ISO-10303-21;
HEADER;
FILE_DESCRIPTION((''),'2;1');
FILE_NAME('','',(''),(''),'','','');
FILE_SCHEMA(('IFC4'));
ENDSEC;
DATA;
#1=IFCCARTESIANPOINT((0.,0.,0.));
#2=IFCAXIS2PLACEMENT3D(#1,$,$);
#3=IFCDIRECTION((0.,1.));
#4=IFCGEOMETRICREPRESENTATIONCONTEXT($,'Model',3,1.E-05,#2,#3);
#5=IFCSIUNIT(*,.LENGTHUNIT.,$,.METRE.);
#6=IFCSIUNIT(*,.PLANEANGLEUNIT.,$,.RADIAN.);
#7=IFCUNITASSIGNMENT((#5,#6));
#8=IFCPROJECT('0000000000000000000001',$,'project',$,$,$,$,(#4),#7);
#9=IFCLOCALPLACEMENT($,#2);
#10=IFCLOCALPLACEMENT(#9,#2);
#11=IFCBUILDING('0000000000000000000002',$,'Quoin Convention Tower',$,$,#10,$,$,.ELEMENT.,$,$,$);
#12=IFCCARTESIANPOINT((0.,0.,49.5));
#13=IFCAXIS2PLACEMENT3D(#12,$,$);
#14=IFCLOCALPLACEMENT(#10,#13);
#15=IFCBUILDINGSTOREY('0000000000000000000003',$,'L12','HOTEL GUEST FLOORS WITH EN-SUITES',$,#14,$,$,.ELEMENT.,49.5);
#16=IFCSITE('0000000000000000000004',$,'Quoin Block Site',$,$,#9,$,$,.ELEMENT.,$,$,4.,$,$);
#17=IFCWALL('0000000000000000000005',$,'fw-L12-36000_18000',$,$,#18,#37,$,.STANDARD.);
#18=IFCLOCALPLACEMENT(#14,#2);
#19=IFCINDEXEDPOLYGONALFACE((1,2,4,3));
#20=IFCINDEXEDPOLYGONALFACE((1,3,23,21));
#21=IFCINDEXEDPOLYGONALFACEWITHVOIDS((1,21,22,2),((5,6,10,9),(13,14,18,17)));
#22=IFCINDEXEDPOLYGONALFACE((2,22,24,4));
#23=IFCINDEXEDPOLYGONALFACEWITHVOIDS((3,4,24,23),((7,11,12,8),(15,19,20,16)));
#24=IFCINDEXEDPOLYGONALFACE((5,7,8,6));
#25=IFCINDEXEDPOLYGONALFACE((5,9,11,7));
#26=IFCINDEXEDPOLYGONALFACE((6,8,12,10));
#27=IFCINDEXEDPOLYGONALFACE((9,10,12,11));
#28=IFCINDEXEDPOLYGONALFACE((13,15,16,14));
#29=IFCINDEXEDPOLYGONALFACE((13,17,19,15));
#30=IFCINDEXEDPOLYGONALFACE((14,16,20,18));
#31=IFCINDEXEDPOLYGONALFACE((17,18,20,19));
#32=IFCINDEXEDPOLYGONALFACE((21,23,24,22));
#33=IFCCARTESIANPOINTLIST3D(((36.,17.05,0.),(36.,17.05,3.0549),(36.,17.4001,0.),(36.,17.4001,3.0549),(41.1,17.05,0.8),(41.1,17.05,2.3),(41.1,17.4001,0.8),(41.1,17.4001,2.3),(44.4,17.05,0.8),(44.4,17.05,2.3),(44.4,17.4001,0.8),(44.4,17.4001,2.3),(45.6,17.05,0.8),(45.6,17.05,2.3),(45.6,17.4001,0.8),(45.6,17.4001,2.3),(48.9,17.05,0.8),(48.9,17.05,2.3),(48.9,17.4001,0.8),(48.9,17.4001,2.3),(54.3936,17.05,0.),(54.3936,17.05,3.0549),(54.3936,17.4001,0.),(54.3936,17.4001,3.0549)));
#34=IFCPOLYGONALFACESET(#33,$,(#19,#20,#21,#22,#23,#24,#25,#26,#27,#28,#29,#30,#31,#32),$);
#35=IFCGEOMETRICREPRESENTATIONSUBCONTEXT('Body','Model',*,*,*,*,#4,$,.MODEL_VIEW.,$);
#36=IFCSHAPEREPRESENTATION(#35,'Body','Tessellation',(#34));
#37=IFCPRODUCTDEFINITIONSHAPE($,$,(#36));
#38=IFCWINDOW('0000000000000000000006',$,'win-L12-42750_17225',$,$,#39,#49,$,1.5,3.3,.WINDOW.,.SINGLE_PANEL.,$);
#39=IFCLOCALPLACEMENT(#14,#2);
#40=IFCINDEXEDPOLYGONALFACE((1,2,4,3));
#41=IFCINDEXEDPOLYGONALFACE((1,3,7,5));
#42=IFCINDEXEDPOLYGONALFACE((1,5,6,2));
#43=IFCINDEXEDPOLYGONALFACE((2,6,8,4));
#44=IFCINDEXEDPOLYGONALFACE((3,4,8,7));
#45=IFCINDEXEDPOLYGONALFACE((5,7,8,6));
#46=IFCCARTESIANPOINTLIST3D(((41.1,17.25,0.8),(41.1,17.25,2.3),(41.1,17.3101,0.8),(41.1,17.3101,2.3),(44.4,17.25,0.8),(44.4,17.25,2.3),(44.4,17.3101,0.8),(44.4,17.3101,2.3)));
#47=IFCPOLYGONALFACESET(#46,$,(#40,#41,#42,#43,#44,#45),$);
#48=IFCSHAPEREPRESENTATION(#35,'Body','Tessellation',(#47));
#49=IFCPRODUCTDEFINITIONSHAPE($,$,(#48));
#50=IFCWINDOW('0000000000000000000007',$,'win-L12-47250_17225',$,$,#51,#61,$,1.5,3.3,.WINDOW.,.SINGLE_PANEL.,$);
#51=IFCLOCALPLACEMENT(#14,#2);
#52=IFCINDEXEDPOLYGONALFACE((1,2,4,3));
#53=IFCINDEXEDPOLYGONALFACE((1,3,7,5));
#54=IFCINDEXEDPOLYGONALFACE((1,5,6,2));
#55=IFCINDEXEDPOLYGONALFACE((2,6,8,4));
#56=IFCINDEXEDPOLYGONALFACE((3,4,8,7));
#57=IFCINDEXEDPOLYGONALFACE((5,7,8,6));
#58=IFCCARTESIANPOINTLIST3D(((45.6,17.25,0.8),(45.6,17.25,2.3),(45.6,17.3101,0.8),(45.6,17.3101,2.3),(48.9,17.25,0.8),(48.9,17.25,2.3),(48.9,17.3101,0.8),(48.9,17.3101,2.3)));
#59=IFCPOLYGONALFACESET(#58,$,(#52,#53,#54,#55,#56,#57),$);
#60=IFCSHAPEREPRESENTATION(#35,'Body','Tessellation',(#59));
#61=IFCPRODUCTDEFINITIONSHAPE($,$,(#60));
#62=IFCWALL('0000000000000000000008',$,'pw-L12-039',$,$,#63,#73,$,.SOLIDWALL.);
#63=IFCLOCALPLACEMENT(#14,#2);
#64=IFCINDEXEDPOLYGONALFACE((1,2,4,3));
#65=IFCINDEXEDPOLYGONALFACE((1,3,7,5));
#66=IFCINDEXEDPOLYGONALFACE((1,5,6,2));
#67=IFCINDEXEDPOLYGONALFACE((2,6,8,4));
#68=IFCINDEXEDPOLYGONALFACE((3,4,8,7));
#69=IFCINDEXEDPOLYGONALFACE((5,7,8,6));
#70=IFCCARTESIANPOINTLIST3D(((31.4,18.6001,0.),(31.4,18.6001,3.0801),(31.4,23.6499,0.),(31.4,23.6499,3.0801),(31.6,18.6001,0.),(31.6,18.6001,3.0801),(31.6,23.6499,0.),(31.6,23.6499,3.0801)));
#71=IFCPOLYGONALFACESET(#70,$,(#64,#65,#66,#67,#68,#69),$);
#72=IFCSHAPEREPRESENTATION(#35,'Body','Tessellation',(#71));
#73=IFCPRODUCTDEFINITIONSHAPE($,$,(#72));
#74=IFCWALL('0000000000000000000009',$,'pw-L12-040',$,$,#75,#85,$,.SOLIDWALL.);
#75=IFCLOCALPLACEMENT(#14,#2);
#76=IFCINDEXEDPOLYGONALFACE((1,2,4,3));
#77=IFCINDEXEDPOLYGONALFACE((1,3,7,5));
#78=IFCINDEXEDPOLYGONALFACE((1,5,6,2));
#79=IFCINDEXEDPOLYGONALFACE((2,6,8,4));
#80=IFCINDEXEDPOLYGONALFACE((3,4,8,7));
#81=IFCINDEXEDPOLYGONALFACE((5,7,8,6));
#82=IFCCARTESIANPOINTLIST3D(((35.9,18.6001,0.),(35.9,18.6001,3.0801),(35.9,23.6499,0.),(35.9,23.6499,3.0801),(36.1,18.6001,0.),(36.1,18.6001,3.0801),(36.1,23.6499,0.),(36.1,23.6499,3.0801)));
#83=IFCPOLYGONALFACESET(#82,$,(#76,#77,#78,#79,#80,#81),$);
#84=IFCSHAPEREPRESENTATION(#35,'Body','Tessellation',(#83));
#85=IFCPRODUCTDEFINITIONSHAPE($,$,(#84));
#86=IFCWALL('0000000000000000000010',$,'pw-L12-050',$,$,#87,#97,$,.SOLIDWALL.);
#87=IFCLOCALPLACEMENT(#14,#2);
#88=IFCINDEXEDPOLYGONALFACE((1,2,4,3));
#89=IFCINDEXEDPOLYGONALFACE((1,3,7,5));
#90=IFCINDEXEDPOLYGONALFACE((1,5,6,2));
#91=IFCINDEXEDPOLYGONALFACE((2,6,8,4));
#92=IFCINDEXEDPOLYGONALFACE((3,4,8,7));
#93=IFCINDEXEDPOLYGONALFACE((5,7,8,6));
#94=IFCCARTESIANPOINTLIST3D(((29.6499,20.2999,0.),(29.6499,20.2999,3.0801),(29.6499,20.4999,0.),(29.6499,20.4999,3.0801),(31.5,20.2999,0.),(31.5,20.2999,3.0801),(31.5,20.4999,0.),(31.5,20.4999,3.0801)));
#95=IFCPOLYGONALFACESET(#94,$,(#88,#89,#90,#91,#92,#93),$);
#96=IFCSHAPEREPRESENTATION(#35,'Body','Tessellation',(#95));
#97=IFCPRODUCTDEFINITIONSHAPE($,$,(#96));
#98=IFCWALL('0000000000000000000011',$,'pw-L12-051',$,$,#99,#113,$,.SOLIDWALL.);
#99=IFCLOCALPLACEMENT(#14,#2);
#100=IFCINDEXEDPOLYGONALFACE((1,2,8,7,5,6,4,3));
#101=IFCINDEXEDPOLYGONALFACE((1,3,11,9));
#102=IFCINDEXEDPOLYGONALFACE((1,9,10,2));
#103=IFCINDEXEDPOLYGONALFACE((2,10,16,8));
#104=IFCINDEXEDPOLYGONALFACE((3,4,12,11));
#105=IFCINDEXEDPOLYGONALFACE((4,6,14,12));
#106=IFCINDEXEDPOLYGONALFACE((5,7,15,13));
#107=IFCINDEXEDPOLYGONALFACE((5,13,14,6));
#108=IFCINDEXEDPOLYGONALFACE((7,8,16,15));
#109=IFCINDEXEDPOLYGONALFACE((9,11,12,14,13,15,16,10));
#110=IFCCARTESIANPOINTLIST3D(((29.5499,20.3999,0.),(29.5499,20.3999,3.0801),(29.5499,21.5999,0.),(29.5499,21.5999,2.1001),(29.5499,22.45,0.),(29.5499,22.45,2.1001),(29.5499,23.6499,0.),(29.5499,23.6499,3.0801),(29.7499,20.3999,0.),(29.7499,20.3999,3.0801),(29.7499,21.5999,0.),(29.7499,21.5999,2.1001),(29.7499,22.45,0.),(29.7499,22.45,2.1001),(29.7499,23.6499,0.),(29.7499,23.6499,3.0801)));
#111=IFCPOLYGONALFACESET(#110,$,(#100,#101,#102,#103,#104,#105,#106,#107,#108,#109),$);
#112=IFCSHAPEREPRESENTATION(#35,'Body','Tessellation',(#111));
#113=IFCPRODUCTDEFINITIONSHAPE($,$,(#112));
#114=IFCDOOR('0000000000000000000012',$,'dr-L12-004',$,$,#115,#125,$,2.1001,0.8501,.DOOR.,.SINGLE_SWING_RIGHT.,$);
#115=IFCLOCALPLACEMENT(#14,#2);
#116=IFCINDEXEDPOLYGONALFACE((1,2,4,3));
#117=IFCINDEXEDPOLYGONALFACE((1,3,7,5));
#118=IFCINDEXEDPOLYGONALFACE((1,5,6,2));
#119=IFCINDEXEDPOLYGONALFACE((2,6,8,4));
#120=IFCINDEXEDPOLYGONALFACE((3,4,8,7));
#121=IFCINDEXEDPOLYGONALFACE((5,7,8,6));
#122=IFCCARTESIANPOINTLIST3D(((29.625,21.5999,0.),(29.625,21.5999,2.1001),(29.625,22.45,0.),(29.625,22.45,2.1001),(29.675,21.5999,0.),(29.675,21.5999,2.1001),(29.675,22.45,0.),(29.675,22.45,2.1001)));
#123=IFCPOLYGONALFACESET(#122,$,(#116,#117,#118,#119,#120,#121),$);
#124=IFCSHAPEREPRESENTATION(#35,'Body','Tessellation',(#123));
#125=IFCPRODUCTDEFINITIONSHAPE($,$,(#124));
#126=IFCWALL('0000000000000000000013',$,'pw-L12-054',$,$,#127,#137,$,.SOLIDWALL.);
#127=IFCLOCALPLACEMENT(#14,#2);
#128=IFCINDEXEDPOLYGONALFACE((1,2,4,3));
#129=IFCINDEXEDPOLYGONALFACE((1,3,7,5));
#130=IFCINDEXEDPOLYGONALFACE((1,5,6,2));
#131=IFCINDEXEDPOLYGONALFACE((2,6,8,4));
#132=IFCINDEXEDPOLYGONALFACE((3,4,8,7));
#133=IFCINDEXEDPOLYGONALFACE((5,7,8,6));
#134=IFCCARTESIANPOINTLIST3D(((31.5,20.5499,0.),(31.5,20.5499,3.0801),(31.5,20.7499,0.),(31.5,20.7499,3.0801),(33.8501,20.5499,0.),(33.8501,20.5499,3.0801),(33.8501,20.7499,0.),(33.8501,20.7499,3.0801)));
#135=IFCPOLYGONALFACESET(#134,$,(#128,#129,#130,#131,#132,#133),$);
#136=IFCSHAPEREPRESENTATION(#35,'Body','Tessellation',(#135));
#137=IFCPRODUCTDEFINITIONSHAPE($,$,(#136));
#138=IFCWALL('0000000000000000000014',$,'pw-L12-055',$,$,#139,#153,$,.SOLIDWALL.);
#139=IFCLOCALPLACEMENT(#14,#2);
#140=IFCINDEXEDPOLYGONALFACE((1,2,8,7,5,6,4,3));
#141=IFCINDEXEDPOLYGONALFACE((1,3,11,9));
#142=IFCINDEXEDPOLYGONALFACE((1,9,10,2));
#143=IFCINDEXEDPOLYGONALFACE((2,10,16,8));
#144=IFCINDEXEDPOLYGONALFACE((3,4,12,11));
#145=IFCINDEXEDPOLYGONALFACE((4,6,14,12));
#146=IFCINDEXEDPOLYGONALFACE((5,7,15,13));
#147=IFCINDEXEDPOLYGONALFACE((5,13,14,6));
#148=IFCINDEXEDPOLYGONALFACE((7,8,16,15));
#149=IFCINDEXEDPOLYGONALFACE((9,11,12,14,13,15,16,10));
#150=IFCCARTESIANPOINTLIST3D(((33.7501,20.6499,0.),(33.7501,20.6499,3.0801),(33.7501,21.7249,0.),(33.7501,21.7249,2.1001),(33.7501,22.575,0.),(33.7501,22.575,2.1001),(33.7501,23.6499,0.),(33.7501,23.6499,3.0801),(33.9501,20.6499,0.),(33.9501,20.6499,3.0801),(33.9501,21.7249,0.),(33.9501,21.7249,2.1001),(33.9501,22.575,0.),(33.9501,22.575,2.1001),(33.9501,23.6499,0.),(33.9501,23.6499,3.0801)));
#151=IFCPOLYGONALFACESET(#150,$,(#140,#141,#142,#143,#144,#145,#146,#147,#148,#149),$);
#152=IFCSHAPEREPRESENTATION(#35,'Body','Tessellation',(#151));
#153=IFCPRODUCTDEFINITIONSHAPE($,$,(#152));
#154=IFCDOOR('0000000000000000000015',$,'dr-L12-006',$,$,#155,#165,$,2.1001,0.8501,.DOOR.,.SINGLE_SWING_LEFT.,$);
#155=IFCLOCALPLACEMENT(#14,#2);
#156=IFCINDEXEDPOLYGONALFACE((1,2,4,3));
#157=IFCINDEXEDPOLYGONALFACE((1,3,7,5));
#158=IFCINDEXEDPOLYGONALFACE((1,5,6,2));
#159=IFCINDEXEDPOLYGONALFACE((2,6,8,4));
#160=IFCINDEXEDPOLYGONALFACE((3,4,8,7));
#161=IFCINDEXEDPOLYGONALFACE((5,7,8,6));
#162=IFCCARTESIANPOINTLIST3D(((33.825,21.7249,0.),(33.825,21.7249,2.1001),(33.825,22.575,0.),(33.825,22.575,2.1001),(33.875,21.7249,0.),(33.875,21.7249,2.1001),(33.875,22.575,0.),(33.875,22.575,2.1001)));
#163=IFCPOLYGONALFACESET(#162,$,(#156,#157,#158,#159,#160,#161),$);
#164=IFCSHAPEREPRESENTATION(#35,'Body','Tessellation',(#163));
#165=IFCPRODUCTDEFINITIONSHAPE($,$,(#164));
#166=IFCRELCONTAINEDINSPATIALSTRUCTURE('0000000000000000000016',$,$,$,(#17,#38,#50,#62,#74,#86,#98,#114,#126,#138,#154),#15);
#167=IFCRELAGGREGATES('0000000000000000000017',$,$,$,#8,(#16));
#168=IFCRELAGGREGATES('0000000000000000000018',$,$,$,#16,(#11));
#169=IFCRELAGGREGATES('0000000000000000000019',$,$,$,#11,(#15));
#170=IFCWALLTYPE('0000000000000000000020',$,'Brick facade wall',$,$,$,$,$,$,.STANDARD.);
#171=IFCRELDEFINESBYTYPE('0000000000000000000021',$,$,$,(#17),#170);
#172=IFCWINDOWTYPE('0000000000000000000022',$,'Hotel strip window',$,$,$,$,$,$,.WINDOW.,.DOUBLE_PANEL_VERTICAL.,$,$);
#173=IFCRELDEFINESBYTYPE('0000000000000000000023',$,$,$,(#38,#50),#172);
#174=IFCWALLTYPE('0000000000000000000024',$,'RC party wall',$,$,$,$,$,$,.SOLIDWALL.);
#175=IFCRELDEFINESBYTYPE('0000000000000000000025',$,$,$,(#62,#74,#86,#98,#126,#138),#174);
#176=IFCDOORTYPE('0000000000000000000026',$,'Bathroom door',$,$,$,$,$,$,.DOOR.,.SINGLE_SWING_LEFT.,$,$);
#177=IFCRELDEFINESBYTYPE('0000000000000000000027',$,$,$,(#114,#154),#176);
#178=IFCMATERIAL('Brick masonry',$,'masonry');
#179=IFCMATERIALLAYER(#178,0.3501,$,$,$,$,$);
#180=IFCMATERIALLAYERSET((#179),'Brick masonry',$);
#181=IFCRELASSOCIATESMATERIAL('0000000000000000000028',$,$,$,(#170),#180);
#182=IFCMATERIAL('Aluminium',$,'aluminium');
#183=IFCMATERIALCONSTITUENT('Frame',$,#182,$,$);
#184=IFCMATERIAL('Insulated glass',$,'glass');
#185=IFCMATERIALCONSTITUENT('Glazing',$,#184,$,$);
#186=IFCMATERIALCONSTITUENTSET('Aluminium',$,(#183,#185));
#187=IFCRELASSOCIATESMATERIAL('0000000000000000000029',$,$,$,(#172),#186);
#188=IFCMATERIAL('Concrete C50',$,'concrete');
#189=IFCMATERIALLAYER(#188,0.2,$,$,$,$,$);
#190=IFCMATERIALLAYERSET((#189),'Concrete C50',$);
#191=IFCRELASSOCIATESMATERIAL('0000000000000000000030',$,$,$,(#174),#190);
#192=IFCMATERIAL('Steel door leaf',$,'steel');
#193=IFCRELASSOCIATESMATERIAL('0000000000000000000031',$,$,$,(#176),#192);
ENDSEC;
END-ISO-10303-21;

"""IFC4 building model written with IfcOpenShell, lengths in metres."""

from ifc_helpers import new_model, si_unit, direction, frame, frame_2d, origin, place, context, subcontext, project, spatial, rectangle, extrude, material, layer, layer_set, constituent, constituent_set, type_object, element, fill, save


model = new_model("IFC4")

# Units and contexts
model_context = context("Model", 3, precision=1e-05, world=origin(), true_north=direction((0.0, 1.0)))
body_context = subcontext(model_context, "Body", "Model", "MODEL_VIEW")
ifc_project = project(units=[si_unit("LENGTHUNIT", "METRE"), si_unit("PLANEANGLEUNIT", "RADIAN")], contexts=[model_context])

# Site, building, storey
site_placement = place(None, origin())
site = spatial("IfcSite", under=ifc_project, at=site_placement, Name="Quoin Block Site", CompositionType="ELEMENT", RefElevation=4.0)
building_placement = place(site_placement, origin())
building = spatial("IfcBuilding", under=site, at=building_placement, Name="Quoin Convention Tower", CompositionType="ELEMENT")
storey_placement = place(building_placement, frame((0.0, 0.0, 49.5)))
storey = spatial("IfcBuildingStorey", under=building, at=storey_placement, Name="L12", Description="HOTEL GUEST FLOORS WITH EN-SUITES", CompositionType="ELEMENT", Elevation=49.5)

# Wall, openings, windows
ifc_material_1 = material(Name="Brick masonry", Category="masonry")
ifc_layer_1 = layer(ifc_material_1, 0.3501)
ifc_layer_set_1 = layer_set([ifc_layer_1], Name="Brick masonry")
wall_type_1 = type_object("IfcWallType", Name="Brick facade wall", PredefinedType="STANDARD", material=ifc_layer_set_1)
wall_1_placement = place(storey_placement, frame((36.0, 17.2251, 0.0), z_axis=(0.0, 0.0, 1.0), x_axis=(1.0, 0.0, 0.0)))
wall_1 = element("IfcWall", 1, at=wall_1_placement, inside=storey, type_object=wall_type_1, Name="fw-L12-36000_18000", PredefinedType="STANDARD", context=body_context, shape_type="SweptSolid", body=[
    extrude(rectangle(XDim=18.3936, YDim=0.3501, at=frame_2d((9.1968, 0.0))), origin(), (0.0, 0.0, 1.0), 3.0549),
])
opening_1_placement = place(wall_1_placement, frame((5.1001, 0.0, 0.8)))
opening_1 = element("IfcOpeningElement", 2, at=opening_1_placement, cuts=wall_1, PredefinedType="OPENING", context=body_context, shape_type="SweptSolid", body=[
    extrude(rectangle(XDim=3.3, YDim=1.5, at=frame_2d((1.6499, 0.75))), frame((0.0, 0.1851, 0.0), z_axis=(0.0, -1.0, 0.0), x_axis=(1.0, 0.0, 0.0)), (0.0, 0.0, 1.0), 0.3701),
])
opening_2_placement = place(wall_1_placement, frame((9.6001, 0.0, 0.8)))
opening_2 = element("IfcOpeningElement", 3, at=opening_2_placement, cuts=wall_1, PredefinedType="OPENING", context=body_context, shape_type="SweptSolid", body=[
    extrude(rectangle(XDim=3.3, YDim=1.5, at=frame_2d((1.6499, 0.75))), frame((0.0, 0.1851, 0.0), z_axis=(0.0, -1.0, 0.0), x_axis=(1.0, 0.0, 0.0)), (0.0, 0.0, 1.0), 0.3701),
])
ifc_material_2 = material(Name="Aluminium", Category="aluminium")
ifc_constituent_1 = constituent(ifc_material_2, Name="Frame")
ifc_material_3 = material(Name="Insulated glass", Category="glass")
ifc_constituent_2 = constituent(ifc_material_3, Name="Glazing")
ifc_constituent_set = constituent_set(constituents=[ifc_constituent_1, ifc_constituent_2], Name="Aluminium")
window_type = type_object("IfcWindowType", Name="Hotel strip window", PartitioningType="DOUBLE_PANEL_VERTICAL", PredefinedType="WINDOW", material=ifc_constituent_set)
window_1_placement = place(opening_1_placement, origin())
window_1 = element("IfcWindow", 4, at=window_1_placement, inside=storey, type_object=window_type, Name="win-L12-42750_17225", OverallHeight=1.5, OverallWidth=3.3, PartitioningType="SINGLE_PANEL", PredefinedType="WINDOW", context=body_context, shape_type="SweptSolid", body=[
    extrude(rectangle(XDim=3.3, YDim=1.5, at=frame_2d((1.6499, 0.75))), frame((0.0, 0.085, 0.0), z_axis=(0.0, -1.0, 0.0), x_axis=(1.0, 0.0, 0.0)), (0.0, 0.0, 1.0), 0.0601),
])
fill(opening_1, window_1)
window_2_placement = place(opening_2_placement, origin())
window_2 = element("IfcWindow", 5, at=window_2_placement, inside=storey, type_object=window_type, Name="win-L12-47250_17225", OverallHeight=1.5, OverallWidth=3.3, PartitioningType="SINGLE_PANEL", PredefinedType="WINDOW", context=body_context, shape_type="SweptSolid", body=[
    extrude(rectangle(XDim=3.3, YDim=1.5, at=frame_2d((1.6499, 0.75))), frame((0.0, 0.085, 0.0), z_axis=(0.0, -1.0, 0.0), x_axis=(1.0, 0.0, 0.0)), (0.0, 0.0, 1.0), 0.0601),
])
fill(opening_2, window_2)

# Walls
ifc_material_4 = material(Name="Concrete C50", Category="concrete")
ifc_layer_2 = layer(ifc_material_4, 0.2)
ifc_layer_set_2 = layer_set([ifc_layer_2], Name="Concrete C50")
wall_type_2 = type_object("IfcWallType", Name="RC party wall", PredefinedType="SOLIDWALL", material=ifc_layer_set_2)
for number, where, z_axis, x_axis, name in (
    (6, (31.5, 18.6001, 0.0), (0.0, 0.0, 1.0), (0.0, 1.0, 0.0), "pw-L12-039"),
    (7, (36.0, 18.6001, 0.0), (0.0, 0.0, 1.0), (0.0, 1.0, 0.0), "pw-L12-040"),
):
    element("IfcWall", number, at=place(storey_placement, frame(where, z_axis=z_axis, x_axis=x_axis)), inside=storey, type_object=wall_type_2, Name=name, PredefinedType="SOLIDWALL", context=body_context, shape_type="SweptSolid", body=[
        extrude(rectangle(XDim=5.0498, YDim=0.2, at=frame_2d((2.5249, 0.0))), origin(), (0.0, 0.0, 1.0), 3.0801),
    ])
wall_2_placement = place(storey_placement, frame((29.6499, 20.3999, 0.0), z_axis=(0.0, 0.0, 1.0), x_axis=(1.0, 0.0, 0.0)))
element("IfcWall", 8, at=wall_2_placement, inside=storey, type_object=wall_type_2, Name="pw-L12-050", PredefinedType="SOLIDWALL", context=body_context, shape_type="SweptSolid", body=[
    extrude(rectangle(XDim=1.8501, YDim=0.2, at=frame_2d((0.925, 0.0))), origin(), (0.0, 0.0, 1.0), 3.0801),
])

# Wall, opening, door
wall_3_placement = place(storey_placement, frame((29.6499, 20.3999, 0.0), z_axis=(0.0, 0.0, 1.0), x_axis=(0.0, 1.0, 0.0)))
wall_3 = element("IfcWall", 9, at=wall_3_placement, inside=storey, type_object=wall_type_2, Name="pw-L12-051", PredefinedType="SOLIDWALL", context=body_context, shape_type="SweptSolid", body=[
    extrude(rectangle(XDim=3.25, YDim=0.2, at=frame_2d((1.625, 0.0))), origin(), (0.0, 0.0, 1.0), 3.0801),
])
opening_3_placement = place(wall_3_placement, frame((1.2, 0.0, 0.0)))
opening_3 = element("IfcOpeningElement", 10, at=opening_3_placement, cuts=wall_3, PredefinedType="OPENING", context=body_context, shape_type="SweptSolid", body=[
    extrude(rectangle(XDim=0.8501, YDim=2.1001, at=frame_2d((0.425, 1.05))), frame((0.0, 0.1099, 0.0), z_axis=(0.0, -1.0, 0.0), x_axis=(1.0, 0.0, 0.0)), (0.0, 0.0, 1.0), 0.22),
])
ifc_material_5 = material(Name="Steel door leaf", Category="steel")
door_type = type_object("IfcDoorType", Name="Bathroom door", OperationType="SINGLE_SWING_LEFT", PredefinedType="DOOR", material=ifc_material_5)
door_1_placement = place(opening_3_placement, origin())
door_1 = element("IfcDoor", 11, at=door_1_placement, inside=storey, type_object=door_type, Name="dr-L12-004", OperationType="SINGLE_SWING_RIGHT", OverallHeight=2.1001, OverallWidth=0.8501, PredefinedType="DOOR", context=body_context, shape_type="SweptSolid", body=[
    extrude(rectangle(XDim=0.8501, YDim=2.1001, at=frame_2d((0.425, 1.05))), frame((0.0, 0.0249, 0.0), z_axis=(0.0, -1.0, 0.0), x_axis=(1.0, 0.0, 0.0)), (0.0, 0.0, 1.0), 0.05),
])
fill(opening_3, door_1)

# Wall
wall_4_placement = place(storey_placement, frame((31.5, 20.6499, 0.0), z_axis=(0.0, 0.0, 1.0), x_axis=(1.0, 0.0, 0.0)))
element("IfcWall", 12, at=wall_4_placement, inside=storey, type_object=wall_type_2, Name="pw-L12-054", PredefinedType="SOLIDWALL", context=body_context, shape_type="SweptSolid", body=[
    extrude(rectangle(XDim=2.3501, YDim=0.2, at=frame_2d((1.175, 0.0))), origin(), (0.0, 0.0, 1.0), 3.0801),
])

# Wall, opening, door
wall_5_placement = place(storey_placement, frame((33.8501, 20.6499, 0.0), z_axis=(0.0, 0.0, 1.0), x_axis=(0.0, 1.0, 0.0)))
wall_5 = element("IfcWall", 13, at=wall_5_placement, inside=storey, type_object=wall_type_2, Name="pw-L12-055", PredefinedType="SOLIDWALL", context=body_context, shape_type="SweptSolid", body=[
    extrude(rectangle(XDim=3.0, YDim=0.2, at=frame_2d((1.5, 0.0))), origin(), (0.0, 0.0, 1.0), 3.0801),
])
opening_4_placement = place(wall_5_placement, frame((1.075, 0.0, 0.0)))
opening_4 = element("IfcOpeningElement", 14, at=opening_4_placement, cuts=wall_5, PredefinedType="OPENING", context=body_context, shape_type="SweptSolid", body=[
    extrude(rectangle(XDim=0.8501, YDim=2.1001, at=frame_2d((0.425, 1.05))), frame((0.0, 0.1099, 0.0), z_axis=(0.0, -1.0, 0.0), x_axis=(1.0, 0.0, 0.0)), (0.0, 0.0, 1.0), 0.22),
])
door_2_placement = place(opening_4_placement, frame((0.8501, 0.0, 0.0), z_axis=(0.0, 0.0, 1.0), x_axis=(-1.0, 0.0, 0.0)))
door_2 = element("IfcDoor", 15, at=door_2_placement, inside=storey, type_object=door_type, Name="dr-L12-006", OperationType="SINGLE_SWING_LEFT", OverallHeight=2.1001, OverallWidth=0.8501, PredefinedType="DOOR", context=body_context, shape_type="SweptSolid", body=[
    extrude(rectangle(XDim=0.8501, YDim=2.1001, at=frame_2d((0.425, 1.05))), frame((0.0, 0.0249, 0.0), z_axis=(0.0, -1.0, 0.0), x_axis=(1.0, 0.0, 0.0)), (0.0, 0.0, 1.0), 0.05),
])
fill(opening_4, door_2)

save(model, "model.ifc")
